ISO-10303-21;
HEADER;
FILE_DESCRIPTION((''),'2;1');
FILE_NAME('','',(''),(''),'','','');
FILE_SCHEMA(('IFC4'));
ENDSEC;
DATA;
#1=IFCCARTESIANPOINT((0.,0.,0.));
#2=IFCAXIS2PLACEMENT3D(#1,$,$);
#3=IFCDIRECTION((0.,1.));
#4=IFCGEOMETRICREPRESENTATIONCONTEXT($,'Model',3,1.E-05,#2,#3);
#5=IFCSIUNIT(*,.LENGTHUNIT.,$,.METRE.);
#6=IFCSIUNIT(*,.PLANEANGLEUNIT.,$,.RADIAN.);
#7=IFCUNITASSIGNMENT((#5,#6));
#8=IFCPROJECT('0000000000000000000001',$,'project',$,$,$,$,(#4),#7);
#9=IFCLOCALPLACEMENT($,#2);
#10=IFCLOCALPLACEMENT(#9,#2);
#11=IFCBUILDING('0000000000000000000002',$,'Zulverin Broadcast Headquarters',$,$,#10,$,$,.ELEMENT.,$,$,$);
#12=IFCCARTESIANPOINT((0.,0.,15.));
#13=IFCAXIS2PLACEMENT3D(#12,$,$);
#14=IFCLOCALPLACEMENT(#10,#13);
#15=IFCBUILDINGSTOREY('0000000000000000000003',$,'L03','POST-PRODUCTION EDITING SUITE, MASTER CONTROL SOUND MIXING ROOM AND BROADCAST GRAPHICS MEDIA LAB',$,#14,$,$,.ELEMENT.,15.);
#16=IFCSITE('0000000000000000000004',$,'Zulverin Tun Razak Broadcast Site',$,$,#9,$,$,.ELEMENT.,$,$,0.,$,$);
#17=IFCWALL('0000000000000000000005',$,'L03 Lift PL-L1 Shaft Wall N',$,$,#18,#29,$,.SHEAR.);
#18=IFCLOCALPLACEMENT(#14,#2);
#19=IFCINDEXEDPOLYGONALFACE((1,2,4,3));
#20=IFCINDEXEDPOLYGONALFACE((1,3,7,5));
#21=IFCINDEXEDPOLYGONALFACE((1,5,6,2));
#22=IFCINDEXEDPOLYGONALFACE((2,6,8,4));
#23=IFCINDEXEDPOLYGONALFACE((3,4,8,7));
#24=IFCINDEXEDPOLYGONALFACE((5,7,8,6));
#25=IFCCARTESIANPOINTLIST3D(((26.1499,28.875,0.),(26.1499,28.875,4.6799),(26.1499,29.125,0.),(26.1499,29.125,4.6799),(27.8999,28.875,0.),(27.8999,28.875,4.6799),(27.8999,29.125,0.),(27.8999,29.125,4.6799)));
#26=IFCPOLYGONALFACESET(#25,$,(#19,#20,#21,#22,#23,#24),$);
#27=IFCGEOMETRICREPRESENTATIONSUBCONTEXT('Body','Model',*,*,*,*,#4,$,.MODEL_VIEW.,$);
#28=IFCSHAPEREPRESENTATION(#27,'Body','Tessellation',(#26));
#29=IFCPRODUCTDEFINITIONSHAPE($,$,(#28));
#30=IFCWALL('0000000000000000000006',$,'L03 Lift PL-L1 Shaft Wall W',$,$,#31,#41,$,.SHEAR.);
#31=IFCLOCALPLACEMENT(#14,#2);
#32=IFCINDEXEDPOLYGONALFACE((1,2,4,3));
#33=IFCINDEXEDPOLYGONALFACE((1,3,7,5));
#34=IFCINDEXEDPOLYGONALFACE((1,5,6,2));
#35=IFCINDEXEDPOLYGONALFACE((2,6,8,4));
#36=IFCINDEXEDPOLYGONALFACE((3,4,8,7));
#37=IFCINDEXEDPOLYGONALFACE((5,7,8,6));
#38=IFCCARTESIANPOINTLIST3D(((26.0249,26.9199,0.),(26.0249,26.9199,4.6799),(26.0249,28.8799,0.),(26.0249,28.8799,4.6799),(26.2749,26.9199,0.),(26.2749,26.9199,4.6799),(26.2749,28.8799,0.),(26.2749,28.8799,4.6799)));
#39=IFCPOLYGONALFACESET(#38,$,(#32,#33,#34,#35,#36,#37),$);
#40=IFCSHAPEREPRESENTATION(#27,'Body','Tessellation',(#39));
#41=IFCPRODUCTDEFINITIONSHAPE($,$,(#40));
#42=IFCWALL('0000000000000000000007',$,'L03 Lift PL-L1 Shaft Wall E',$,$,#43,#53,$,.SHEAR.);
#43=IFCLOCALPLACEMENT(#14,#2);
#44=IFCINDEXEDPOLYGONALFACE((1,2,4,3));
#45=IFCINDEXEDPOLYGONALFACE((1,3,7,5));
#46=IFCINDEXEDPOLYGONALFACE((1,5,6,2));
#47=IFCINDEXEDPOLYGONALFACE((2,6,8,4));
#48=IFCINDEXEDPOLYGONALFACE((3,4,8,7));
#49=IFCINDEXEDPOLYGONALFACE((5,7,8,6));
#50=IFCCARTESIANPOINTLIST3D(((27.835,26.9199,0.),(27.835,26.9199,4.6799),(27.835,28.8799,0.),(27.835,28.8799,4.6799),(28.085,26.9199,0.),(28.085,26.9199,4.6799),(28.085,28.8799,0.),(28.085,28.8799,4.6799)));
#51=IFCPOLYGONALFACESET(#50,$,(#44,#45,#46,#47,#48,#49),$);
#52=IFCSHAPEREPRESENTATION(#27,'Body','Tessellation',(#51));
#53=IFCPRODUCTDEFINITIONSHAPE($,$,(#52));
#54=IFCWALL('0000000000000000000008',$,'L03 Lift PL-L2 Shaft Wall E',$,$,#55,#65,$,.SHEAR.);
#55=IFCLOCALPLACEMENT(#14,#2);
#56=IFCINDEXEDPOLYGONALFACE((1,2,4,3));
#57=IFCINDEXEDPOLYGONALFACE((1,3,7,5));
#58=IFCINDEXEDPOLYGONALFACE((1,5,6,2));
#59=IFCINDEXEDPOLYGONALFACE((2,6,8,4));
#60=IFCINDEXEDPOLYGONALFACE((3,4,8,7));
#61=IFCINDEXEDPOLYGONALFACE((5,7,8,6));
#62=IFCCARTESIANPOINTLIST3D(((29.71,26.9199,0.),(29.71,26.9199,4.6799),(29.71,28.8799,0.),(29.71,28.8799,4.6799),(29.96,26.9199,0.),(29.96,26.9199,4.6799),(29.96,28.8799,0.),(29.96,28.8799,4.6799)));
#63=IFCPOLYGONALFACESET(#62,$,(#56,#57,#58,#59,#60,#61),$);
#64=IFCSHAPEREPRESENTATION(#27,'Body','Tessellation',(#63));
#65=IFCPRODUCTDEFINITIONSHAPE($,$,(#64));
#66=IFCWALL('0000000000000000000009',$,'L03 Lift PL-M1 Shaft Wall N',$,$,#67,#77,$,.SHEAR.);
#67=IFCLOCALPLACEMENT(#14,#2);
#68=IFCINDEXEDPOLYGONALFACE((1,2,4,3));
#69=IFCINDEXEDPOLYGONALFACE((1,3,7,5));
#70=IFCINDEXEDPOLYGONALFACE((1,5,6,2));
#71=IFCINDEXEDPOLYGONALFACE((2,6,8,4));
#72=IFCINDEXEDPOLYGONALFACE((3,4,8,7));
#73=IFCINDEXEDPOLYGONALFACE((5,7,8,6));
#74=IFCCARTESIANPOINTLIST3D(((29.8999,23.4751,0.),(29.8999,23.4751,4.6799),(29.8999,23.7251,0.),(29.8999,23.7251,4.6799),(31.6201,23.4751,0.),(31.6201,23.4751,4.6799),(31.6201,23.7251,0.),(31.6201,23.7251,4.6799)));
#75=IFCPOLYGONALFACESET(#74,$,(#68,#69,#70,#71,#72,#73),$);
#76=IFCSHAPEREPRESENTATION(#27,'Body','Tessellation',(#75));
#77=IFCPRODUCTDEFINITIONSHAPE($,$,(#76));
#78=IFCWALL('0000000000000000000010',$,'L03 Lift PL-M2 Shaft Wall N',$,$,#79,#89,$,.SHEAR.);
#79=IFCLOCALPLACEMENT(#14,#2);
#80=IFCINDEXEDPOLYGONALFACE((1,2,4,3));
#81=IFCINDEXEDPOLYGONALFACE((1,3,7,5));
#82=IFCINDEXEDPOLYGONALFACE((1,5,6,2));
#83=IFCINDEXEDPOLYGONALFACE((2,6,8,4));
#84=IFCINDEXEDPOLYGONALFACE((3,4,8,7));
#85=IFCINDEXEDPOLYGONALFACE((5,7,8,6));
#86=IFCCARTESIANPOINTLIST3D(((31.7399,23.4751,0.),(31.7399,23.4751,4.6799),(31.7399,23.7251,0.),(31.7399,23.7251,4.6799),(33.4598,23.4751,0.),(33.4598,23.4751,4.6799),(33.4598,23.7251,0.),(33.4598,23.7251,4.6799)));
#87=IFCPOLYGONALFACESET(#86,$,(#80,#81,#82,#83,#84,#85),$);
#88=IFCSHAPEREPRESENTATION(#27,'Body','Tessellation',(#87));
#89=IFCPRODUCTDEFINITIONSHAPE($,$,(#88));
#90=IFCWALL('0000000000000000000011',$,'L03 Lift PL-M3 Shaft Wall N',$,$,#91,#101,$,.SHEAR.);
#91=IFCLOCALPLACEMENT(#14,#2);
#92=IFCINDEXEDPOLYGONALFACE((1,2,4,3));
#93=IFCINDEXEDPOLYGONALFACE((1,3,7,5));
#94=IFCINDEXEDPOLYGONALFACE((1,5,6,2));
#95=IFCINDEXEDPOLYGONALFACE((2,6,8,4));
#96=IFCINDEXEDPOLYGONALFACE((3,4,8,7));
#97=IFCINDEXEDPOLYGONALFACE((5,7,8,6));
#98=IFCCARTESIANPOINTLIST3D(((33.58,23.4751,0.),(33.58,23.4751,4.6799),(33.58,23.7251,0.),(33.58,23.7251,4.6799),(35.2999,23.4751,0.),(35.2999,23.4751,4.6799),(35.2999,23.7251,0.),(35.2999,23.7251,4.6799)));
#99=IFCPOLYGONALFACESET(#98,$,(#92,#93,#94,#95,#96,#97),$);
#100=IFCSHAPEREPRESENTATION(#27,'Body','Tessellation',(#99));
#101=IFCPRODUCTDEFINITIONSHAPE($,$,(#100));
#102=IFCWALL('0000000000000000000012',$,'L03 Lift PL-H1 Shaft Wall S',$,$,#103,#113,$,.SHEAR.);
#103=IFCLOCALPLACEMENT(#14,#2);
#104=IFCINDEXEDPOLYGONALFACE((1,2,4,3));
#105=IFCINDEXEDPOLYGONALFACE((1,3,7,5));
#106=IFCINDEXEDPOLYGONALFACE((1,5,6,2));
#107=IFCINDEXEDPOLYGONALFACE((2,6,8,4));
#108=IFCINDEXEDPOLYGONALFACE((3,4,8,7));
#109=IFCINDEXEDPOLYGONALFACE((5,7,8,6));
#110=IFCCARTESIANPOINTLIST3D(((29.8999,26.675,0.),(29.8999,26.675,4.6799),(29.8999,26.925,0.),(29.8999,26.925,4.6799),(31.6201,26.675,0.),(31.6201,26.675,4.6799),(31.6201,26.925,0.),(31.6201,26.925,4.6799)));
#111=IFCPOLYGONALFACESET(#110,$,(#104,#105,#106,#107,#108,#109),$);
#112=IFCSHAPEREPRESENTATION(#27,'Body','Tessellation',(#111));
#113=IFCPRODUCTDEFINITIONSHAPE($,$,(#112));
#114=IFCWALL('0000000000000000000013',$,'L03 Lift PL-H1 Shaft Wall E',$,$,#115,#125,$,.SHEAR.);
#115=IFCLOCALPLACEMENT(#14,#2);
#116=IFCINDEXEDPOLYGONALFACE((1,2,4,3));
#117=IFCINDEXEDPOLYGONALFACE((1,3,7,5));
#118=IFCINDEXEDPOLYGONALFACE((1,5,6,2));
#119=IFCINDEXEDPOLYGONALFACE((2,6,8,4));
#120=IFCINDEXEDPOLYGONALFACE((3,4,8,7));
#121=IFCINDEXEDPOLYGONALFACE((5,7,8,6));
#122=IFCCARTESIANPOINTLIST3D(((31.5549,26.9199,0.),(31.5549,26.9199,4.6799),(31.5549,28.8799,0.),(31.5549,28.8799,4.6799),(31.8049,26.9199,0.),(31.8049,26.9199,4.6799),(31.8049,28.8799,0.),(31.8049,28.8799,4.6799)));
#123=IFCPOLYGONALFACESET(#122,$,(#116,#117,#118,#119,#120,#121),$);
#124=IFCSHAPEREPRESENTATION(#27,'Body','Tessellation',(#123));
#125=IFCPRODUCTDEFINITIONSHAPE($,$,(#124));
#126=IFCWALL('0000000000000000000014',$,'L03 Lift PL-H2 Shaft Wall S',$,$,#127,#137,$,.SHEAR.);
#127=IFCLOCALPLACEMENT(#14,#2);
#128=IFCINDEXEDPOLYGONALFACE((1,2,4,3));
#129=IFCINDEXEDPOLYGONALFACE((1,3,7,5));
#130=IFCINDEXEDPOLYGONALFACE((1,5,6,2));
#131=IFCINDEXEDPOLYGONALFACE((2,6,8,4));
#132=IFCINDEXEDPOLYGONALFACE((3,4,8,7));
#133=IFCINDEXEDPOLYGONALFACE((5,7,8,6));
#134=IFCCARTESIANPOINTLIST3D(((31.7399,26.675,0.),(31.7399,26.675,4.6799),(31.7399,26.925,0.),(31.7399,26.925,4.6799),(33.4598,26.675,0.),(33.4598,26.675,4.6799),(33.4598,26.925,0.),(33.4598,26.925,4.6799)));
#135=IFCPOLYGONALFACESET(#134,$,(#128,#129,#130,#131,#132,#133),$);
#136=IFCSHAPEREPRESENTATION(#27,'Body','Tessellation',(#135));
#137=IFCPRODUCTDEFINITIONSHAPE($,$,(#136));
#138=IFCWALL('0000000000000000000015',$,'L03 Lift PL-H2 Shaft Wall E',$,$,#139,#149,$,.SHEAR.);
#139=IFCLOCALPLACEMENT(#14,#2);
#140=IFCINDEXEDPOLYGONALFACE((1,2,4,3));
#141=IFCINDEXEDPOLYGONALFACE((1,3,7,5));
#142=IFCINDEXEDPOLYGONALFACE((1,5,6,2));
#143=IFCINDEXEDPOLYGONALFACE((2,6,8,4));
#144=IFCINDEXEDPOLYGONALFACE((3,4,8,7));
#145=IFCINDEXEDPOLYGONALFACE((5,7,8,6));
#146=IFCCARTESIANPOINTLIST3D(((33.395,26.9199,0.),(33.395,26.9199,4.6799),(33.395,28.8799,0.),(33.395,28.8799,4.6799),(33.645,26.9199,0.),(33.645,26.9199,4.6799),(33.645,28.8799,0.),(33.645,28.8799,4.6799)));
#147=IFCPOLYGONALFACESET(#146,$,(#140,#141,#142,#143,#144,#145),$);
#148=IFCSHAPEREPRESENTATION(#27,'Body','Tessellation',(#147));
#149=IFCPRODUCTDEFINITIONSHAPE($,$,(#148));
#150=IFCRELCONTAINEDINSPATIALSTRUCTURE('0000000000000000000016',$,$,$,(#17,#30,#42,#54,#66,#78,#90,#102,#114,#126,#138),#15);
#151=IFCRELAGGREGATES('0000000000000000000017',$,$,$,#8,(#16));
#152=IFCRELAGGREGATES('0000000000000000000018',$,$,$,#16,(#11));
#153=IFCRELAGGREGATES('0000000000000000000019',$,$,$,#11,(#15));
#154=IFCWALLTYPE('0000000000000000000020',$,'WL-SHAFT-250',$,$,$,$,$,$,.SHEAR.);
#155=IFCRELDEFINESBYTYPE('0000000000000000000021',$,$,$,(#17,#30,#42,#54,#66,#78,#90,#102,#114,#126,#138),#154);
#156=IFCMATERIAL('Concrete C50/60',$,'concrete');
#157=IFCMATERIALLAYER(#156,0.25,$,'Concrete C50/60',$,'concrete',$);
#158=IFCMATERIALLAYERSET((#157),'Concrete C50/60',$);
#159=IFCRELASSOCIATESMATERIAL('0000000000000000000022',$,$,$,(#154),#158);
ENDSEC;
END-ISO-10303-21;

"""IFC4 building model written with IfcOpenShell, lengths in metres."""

from ifc_helpers import new_model, si_unit, direction, frame, frame_2d, origin, place, context, subcontext, project, spatial, rectangle, extrude, material, layer, layer_set, type_object, element, save


model = new_model("IFC4")

# Units and contexts
model_context = context("Model", 3, precision=1e-05, world=origin(), true_north=direction((0.0, 1.0)))
body_context = subcontext(model_context, "Body", "Model", "MODEL_VIEW")
ifc_project = project(units=[si_unit("LENGTHUNIT", "METRE"), si_unit("PLANEANGLEUNIT", "RADIAN")], contexts=[model_context])

# Site, building, storey
site_placement = place(None, origin())
site = spatial("IfcSite", under=ifc_project, at=site_placement, Name="Zulverin Tun Razak Broadcast Site", CompositionType="ELEMENT", RefElevation=0.0)
building_placement = place(site_placement, origin())
building = spatial("IfcBuilding", under=site, at=building_placement, Name="Zulverin Broadcast Headquarters", CompositionType="ELEMENT")
storey_placement = place(building_placement, frame((0.0, 0.0, 15.0)))
storey = spatial("IfcBuildingStorey", under=building, at=storey_placement, Name="L03", Description="POST-PRODUCTION EDITING SUITE, MASTER CONTROL SOUND MIXING ROOM AND BROADCAST GRAPHICS MEDIA LAB", CompositionType="ELEMENT", Elevation=15.0)

# Walls
ifc_material_1 = material(Name="Concrete C50/60", Category="concrete")
ifc_layer = layer(ifc_material_1, 0.25, Name="Concrete C50/60", Category="concrete")
ifc_layer_set = layer_set([ifc_layer], Name="Concrete C50/60")
wall_type = type_object("IfcWallType", Name="WL-SHAFT-250", PredefinedType="SHEAR", material=ifc_layer_set)
wall_1_placement = place(storey_placement, frame((26.1499, 29.0, 0.0), z_axis=(0.0, 0.0, 1.0), x_axis=(1.0, 0.0, 0.0)))
element("IfcWall", 1, at=wall_1_placement, inside=storey, type_object=wall_type, Name="L03 Lift PL-L1 Shaft Wall N", PredefinedType="SHEAR", context=body_context, shape_type="SweptSolid", body=[
    extrude(rectangle(XDim=1.75, YDim=0.25, at=frame_2d((0.875, 0.0))), origin(), (0.0, 0.0, 1.0), 4.6799),
])
for number, where, z_axis, x_axis, name in (
    (2, (26.1499, 26.9199, 0.0), (0.0, 0.0, 1.0), (0.0, 1.0, 0.0), "L03 Lift PL-L1 Shaft Wall W"),
    (3, (27.96, 26.9199, 0.0), (0.0, 0.0, 1.0), (0.0, 1.0, 0.0), "L03 Lift PL-L1 Shaft Wall E"),
):
    element("IfcWall", number, at=place(storey_placement, frame(where, z_axis=z_axis, x_axis=x_axis)), inside=storey, type_object=wall_type, Name=name, PredefinedType="SHEAR", context=body_context, shape_type="SweptSolid", body=[
        extrude(rectangle(XDim=1.96, YDim=0.25, at=frame_2d((0.98, 0.0))), origin(), (0.0, 0.0, 1.0), 4.6799),
    ])

# Wall
wall_2_placement = place(storey_placement, frame((29.835, 26.9199, 0.0), z_axis=(0.0, 0.0, 1.0), x_axis=(0.0, 1.0, 0.0)))
element("IfcWall", 4, at=wall_2_placement, inside=storey, type_object=wall_type, Name="L03 Lift PL-L2 Shaft Wall E", PredefinedType="SHEAR", context=body_context, shape_type="SweptSolid", body=[
    extrude(rectangle(XDim=1.96, YDim=0.25, at=frame_2d((0.98, 0.0))), origin(), (0.0, 0.0, 1.0), 4.6799),
])

# Walls
wall_3_placement = place(storey_placement, frame((29.8999, 23.6001, 0.0), z_axis=(0.0, 0.0, 1.0), x_axis=(1.0, 0.0, 0.0)))
element("IfcWall", 5, at=wall_3_placement, inside=storey, type_object=wall_type, Name="L03 Lift PL-M1 Shaft Wall N", PredefinedType="SHEAR", context=body_context, shape_type="SweptSolid", body=[
    extrude(rectangle(XDim=1.7202, YDim=0.25, at=frame_2d((0.8601, 0.0))), origin(), (0.0, 0.0, 1.0), 4.6799),
])
for number, where, z_axis, x_axis, name in (
    (6, (31.74, 23.6001, 0.0), (0.0, 0.0, 1.0), (1.0, 0.0, 0.0), "L03 Lift PL-M2 Shaft Wall N"),
    (7, (33.5801, 23.6001, 0.0), (0.0, 0.0, 1.0), (1.0, 0.0, 0.0), "L03 Lift PL-M3 Shaft Wall N"),
):
    element("IfcWall", number, at=place(storey_placement, frame(where, z_axis=z_axis, x_axis=x_axis)), inside=storey, type_object=wall_type, Name=name, PredefinedType="SHEAR", context=body_context, shape_type="SweptSolid", body=[
        extrude(rectangle(XDim=1.72, YDim=0.25, at=frame_2d((0.8599, 0.0))), origin(), (0.0, 0.0, 1.0), 4.6799),
    ])
wall_4_placement = place(storey_placement, frame((29.8999, 26.8, 0.0), z_axis=(0.0, 0.0, 1.0), x_axis=(1.0, 0.0, 0.0)))
element("IfcWall", 8, at=wall_4_placement, inside=storey, type_object=wall_type, Name="L03 Lift PL-H1 Shaft Wall S", PredefinedType="SHEAR", context=body_context, shape_type="SweptSolid", body=[
    extrude(rectangle(XDim=1.7202, YDim=0.25, at=frame_2d((0.8601, 0.0))), origin(), (0.0, 0.0, 1.0), 4.6799),
])
wall_5_placement = place(storey_placement, frame((31.6799, 26.9199, 0.0), z_axis=(0.0, 0.0, 1.0), x_axis=(0.0, 1.0, 0.0)))
element("IfcWall", 9, at=wall_5_placement, inside=storey, type_object=wall_type, Name="L03 Lift PL-H1 Shaft Wall E", PredefinedType="SHEAR", context=body_context, shape_type="SweptSolid", body=[
    extrude(rectangle(XDim=1.96, YDim=0.25, at=frame_2d((0.98, 0.0))), origin(), (0.0, 0.0, 1.0), 4.6799),
])
wall_6_placement = place(storey_placement, frame((31.74, 26.8, 0.0), z_axis=(0.0, 0.0, 1.0), x_axis=(1.0, 0.0, 0.0)))
element("IfcWall", 10, at=wall_6_placement, inside=storey, type_object=wall_type, Name="L03 Lift PL-H2 Shaft Wall S", PredefinedType="SHEAR", context=body_context, shape_type="SweptSolid", body=[
    extrude(rectangle(XDim=1.72, YDim=0.25, at=frame_2d((0.8599, 0.0))), origin(), (0.0, 0.0, 1.0), 4.6799),
])
wall_7_placement = place(storey_placement, frame((33.52, 26.9199, 0.0), z_axis=(0.0, 0.0, 1.0), x_axis=(0.0, 1.0, 0.0)))
element("IfcWall", 11, at=wall_7_placement, inside=storey, type_object=wall_type, Name="L03 Lift PL-H2 Shaft Wall E", PredefinedType="SHEAR", context=body_context, shape_type="SweptSolid", body=[
    extrude(rectangle(XDim=1.96, YDim=0.25, at=frame_2d((0.98, 0.0))), origin(), (0.0, 0.0, 1.0), 4.6799),
])

save(model, "model.ifc")
